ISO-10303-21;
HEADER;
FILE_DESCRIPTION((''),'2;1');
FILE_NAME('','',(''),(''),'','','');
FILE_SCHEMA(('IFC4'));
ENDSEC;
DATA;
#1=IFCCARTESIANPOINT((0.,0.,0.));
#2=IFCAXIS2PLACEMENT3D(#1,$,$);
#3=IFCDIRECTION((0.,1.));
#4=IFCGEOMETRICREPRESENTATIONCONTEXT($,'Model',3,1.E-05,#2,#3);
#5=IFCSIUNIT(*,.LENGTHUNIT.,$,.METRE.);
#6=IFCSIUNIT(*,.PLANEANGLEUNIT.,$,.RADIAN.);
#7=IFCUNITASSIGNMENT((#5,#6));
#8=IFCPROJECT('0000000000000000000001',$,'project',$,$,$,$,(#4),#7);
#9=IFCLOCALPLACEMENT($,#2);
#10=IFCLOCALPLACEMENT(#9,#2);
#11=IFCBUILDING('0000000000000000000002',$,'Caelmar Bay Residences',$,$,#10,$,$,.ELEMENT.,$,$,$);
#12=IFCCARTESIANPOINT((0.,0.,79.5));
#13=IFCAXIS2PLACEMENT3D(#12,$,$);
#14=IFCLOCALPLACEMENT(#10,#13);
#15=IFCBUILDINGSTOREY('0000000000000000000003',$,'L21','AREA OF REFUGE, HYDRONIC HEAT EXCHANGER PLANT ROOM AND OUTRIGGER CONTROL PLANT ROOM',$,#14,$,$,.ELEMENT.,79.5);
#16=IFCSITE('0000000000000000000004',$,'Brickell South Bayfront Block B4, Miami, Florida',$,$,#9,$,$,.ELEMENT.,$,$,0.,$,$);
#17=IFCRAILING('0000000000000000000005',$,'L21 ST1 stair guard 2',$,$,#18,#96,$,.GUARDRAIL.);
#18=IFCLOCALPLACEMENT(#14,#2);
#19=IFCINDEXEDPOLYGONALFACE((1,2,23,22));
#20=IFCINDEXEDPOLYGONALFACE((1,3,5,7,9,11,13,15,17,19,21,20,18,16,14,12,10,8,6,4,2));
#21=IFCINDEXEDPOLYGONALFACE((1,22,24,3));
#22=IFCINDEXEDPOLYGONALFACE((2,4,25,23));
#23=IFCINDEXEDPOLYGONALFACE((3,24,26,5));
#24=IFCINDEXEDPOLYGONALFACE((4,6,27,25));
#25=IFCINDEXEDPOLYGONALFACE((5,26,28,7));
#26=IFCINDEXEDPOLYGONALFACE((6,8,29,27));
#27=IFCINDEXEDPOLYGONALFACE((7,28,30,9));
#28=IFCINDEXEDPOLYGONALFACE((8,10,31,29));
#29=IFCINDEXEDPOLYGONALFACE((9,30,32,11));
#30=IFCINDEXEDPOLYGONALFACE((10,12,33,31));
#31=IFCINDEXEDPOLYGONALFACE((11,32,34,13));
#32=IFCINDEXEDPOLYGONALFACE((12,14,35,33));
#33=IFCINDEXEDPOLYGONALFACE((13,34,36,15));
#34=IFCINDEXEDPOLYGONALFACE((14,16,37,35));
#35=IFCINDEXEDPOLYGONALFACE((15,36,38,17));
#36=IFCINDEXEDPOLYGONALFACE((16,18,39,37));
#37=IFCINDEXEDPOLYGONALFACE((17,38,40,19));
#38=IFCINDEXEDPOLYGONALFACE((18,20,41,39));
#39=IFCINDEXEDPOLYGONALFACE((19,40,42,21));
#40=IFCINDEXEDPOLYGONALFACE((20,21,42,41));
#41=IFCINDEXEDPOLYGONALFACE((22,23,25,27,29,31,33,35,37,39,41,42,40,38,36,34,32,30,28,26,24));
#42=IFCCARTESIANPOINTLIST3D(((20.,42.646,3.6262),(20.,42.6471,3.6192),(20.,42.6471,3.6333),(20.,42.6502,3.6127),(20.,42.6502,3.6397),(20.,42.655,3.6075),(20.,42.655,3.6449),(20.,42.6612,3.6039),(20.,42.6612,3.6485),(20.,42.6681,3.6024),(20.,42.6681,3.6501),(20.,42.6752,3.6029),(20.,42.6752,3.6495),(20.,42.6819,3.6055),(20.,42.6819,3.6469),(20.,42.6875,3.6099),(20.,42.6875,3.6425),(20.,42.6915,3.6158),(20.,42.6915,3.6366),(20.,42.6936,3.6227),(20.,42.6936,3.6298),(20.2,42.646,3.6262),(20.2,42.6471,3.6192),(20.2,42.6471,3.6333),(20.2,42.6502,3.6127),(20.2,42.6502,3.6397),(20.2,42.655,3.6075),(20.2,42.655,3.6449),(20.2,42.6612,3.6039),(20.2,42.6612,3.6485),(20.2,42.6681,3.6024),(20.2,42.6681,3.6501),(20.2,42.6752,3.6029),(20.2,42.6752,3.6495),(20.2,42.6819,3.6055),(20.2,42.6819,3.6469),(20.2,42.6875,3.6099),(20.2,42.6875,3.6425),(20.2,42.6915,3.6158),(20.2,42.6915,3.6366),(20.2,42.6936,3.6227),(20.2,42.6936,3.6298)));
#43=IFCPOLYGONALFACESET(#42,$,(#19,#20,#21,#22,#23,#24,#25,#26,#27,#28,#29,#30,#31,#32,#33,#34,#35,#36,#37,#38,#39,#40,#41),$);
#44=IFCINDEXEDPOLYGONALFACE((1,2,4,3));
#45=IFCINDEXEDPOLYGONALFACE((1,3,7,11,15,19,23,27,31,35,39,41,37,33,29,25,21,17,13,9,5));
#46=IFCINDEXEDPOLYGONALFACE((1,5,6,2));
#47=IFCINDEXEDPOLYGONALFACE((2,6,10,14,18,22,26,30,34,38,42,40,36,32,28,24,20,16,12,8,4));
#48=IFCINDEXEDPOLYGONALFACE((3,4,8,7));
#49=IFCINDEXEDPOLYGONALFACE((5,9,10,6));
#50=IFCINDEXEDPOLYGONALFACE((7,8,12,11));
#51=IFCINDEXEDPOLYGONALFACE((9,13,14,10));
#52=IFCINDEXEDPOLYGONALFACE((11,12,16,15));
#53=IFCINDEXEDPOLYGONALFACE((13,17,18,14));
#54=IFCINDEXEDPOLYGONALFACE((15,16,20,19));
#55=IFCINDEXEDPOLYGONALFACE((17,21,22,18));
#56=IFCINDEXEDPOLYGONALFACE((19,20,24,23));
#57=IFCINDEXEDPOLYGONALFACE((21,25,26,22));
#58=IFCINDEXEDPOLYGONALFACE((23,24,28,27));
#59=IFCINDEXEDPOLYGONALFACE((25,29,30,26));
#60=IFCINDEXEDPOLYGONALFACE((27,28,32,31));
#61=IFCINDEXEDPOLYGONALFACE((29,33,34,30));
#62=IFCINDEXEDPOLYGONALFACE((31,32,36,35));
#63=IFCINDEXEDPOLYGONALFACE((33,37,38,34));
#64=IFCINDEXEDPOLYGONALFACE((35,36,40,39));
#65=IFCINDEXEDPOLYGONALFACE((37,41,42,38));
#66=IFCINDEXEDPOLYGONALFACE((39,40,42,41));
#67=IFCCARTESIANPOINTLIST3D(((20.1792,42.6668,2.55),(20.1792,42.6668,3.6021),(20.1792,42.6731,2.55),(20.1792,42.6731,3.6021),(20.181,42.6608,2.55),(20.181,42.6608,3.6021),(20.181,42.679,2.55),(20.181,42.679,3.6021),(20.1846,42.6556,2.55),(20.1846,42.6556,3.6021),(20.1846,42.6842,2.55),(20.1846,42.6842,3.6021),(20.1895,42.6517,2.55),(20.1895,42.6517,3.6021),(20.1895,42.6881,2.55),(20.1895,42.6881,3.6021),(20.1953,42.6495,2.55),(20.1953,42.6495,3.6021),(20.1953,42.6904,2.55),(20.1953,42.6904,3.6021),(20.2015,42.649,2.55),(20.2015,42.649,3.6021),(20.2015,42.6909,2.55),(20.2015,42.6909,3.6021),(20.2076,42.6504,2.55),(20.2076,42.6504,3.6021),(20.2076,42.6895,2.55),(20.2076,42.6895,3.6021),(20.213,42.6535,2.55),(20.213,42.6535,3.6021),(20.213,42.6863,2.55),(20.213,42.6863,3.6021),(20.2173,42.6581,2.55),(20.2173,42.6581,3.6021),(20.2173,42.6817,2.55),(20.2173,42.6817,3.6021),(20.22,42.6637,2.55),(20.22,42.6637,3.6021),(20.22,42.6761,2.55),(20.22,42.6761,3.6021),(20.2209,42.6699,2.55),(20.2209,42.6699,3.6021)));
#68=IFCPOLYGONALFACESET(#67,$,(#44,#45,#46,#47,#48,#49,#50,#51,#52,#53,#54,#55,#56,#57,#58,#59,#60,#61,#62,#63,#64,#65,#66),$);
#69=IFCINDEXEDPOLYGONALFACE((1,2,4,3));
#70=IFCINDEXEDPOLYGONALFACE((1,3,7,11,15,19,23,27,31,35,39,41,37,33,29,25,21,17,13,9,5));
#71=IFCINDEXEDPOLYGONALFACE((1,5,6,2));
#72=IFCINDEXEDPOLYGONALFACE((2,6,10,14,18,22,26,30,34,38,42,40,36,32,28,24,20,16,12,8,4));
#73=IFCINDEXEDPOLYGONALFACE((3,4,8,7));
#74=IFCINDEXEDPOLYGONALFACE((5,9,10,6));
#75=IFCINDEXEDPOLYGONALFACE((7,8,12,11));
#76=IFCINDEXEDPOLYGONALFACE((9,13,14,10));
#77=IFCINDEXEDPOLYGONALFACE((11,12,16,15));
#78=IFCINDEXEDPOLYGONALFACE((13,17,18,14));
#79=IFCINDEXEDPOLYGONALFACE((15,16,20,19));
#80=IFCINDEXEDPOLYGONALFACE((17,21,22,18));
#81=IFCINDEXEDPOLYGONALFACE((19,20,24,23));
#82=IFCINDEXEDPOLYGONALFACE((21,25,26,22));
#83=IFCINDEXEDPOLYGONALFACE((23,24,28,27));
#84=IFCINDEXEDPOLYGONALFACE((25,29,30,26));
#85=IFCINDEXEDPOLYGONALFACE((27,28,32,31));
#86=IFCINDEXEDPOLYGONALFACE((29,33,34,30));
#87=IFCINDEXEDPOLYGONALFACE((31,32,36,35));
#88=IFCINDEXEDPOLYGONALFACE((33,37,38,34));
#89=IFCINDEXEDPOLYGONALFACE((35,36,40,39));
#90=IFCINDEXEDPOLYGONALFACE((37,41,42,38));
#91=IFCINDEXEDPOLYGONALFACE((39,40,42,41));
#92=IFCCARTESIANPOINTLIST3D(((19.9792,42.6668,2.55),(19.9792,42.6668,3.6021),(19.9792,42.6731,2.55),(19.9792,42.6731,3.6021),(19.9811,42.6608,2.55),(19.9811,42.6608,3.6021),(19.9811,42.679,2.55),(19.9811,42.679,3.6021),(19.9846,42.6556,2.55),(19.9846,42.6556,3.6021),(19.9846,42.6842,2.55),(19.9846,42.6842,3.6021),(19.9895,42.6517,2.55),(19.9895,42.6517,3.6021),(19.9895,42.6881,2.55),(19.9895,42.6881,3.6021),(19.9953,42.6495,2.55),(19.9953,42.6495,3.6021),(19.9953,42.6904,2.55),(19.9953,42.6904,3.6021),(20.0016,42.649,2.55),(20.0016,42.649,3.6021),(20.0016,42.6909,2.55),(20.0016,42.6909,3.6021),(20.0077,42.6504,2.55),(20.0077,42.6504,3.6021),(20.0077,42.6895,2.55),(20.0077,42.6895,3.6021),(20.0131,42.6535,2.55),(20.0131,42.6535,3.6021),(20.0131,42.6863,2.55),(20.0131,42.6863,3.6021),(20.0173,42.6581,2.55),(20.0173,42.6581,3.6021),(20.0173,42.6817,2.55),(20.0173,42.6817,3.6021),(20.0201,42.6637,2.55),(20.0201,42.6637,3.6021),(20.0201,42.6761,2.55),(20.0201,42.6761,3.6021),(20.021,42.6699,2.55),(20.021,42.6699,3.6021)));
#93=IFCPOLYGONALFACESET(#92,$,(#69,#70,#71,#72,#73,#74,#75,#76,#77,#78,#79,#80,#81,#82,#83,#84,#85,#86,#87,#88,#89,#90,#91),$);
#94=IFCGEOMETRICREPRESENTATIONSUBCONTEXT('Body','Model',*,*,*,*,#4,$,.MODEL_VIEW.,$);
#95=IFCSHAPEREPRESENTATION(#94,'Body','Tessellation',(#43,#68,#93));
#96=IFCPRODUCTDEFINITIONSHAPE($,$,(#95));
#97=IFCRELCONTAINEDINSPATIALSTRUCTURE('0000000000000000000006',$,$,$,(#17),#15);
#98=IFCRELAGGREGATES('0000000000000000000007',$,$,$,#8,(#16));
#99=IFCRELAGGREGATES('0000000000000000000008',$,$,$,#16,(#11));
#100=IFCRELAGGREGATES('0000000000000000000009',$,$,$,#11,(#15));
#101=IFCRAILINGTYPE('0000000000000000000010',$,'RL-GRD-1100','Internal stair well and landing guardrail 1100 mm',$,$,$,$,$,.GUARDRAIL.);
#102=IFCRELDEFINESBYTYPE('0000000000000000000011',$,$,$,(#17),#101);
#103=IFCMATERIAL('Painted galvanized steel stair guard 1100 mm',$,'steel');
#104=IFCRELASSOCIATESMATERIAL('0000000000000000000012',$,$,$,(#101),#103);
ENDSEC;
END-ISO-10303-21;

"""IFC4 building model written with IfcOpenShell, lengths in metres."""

from ifc_helpers import new_model, si_unit, direction, frame, origin, origin_2d, place, context, subcontext, project, spatial, circle, extrude, material, type_object, element, save


model = new_model("IFC4")

# Units and contexts
model_context = context("Model", 3, precision=1e-05, world=origin(), true_north=direction((0.0, 1.0)))
body_context = subcontext(model_context, "Body", "Model", "MODEL_VIEW")
ifc_project = project(units=[si_unit("LENGTHUNIT", "METRE"), si_unit("PLANEANGLEUNIT", "RADIAN")], contexts=[model_context])

# Site, building, storey
site_placement = place(None, origin())
site = spatial("IfcSite", under=ifc_project, at=site_placement, Name="Brickell South Bayfront Block B4, Miami, Florida", CompositionType="ELEMENT", RefElevation=0.0)
building_placement = place(site_placement, origin())
building = spatial("IfcBuilding", under=site, at=building_placement, Name="Caelmar Bay Residences", CompositionType="ELEMENT")
storey_placement = place(building_placement, frame((0.0, 0.0, 79.5)))
storey = spatial("IfcBuildingStorey", under=building, at=storey_placement, Name="L21", Description="AREA OF REFUGE, HYDRONIC HEAT EXCHANGER PLANT ROOM AND OUTRIGGER CONTROL PLANT ROOM", CompositionType="ELEMENT", Elevation=79.5)

# Railing
ifc_material_1 = material(Name="Painted galvanized steel stair guard 1100 mm", Category="steel")
railing_type_1 = type_object("IfcRailingType", Name="RL-GRD-1100", Description="Internal stair well and landing guardrail 1100 mm", PredefinedType="GUARDRAIL", material=ifc_material_1)
railing_1_placement = place(storey_placement, frame((20.2, 42.6699, 2.55)))
element("IfcRailing", 1, at=railing_1_placement, inside=storey, type_object=railing_type_1, Name="L21 ST1 stair guard 2", PredefinedType="GUARDRAIL", context=body_context, shape_type="SweptSolid", body=[
    extrude(circle(Radius=0.0239, at=origin_2d()), frame((0.0, 0.0, 1.0762), z_axis=(-1.0, 0.0, 0.0), x_axis=(0.0, -1.0, 0.0)), (0.0, 0.0, 1.0), 0.2),
    extrude(circle(Radius=0.021, at=origin_2d()), origin(), (0.0, 0.0, 1.0), 1.052),
    extrude(circle(Radius=0.021, at=origin_2d()), frame((-0.2, 0.0, 0.0)), (0.0, 0.0, 1.0), 1.052),
])

save(model, "model.ifc")
